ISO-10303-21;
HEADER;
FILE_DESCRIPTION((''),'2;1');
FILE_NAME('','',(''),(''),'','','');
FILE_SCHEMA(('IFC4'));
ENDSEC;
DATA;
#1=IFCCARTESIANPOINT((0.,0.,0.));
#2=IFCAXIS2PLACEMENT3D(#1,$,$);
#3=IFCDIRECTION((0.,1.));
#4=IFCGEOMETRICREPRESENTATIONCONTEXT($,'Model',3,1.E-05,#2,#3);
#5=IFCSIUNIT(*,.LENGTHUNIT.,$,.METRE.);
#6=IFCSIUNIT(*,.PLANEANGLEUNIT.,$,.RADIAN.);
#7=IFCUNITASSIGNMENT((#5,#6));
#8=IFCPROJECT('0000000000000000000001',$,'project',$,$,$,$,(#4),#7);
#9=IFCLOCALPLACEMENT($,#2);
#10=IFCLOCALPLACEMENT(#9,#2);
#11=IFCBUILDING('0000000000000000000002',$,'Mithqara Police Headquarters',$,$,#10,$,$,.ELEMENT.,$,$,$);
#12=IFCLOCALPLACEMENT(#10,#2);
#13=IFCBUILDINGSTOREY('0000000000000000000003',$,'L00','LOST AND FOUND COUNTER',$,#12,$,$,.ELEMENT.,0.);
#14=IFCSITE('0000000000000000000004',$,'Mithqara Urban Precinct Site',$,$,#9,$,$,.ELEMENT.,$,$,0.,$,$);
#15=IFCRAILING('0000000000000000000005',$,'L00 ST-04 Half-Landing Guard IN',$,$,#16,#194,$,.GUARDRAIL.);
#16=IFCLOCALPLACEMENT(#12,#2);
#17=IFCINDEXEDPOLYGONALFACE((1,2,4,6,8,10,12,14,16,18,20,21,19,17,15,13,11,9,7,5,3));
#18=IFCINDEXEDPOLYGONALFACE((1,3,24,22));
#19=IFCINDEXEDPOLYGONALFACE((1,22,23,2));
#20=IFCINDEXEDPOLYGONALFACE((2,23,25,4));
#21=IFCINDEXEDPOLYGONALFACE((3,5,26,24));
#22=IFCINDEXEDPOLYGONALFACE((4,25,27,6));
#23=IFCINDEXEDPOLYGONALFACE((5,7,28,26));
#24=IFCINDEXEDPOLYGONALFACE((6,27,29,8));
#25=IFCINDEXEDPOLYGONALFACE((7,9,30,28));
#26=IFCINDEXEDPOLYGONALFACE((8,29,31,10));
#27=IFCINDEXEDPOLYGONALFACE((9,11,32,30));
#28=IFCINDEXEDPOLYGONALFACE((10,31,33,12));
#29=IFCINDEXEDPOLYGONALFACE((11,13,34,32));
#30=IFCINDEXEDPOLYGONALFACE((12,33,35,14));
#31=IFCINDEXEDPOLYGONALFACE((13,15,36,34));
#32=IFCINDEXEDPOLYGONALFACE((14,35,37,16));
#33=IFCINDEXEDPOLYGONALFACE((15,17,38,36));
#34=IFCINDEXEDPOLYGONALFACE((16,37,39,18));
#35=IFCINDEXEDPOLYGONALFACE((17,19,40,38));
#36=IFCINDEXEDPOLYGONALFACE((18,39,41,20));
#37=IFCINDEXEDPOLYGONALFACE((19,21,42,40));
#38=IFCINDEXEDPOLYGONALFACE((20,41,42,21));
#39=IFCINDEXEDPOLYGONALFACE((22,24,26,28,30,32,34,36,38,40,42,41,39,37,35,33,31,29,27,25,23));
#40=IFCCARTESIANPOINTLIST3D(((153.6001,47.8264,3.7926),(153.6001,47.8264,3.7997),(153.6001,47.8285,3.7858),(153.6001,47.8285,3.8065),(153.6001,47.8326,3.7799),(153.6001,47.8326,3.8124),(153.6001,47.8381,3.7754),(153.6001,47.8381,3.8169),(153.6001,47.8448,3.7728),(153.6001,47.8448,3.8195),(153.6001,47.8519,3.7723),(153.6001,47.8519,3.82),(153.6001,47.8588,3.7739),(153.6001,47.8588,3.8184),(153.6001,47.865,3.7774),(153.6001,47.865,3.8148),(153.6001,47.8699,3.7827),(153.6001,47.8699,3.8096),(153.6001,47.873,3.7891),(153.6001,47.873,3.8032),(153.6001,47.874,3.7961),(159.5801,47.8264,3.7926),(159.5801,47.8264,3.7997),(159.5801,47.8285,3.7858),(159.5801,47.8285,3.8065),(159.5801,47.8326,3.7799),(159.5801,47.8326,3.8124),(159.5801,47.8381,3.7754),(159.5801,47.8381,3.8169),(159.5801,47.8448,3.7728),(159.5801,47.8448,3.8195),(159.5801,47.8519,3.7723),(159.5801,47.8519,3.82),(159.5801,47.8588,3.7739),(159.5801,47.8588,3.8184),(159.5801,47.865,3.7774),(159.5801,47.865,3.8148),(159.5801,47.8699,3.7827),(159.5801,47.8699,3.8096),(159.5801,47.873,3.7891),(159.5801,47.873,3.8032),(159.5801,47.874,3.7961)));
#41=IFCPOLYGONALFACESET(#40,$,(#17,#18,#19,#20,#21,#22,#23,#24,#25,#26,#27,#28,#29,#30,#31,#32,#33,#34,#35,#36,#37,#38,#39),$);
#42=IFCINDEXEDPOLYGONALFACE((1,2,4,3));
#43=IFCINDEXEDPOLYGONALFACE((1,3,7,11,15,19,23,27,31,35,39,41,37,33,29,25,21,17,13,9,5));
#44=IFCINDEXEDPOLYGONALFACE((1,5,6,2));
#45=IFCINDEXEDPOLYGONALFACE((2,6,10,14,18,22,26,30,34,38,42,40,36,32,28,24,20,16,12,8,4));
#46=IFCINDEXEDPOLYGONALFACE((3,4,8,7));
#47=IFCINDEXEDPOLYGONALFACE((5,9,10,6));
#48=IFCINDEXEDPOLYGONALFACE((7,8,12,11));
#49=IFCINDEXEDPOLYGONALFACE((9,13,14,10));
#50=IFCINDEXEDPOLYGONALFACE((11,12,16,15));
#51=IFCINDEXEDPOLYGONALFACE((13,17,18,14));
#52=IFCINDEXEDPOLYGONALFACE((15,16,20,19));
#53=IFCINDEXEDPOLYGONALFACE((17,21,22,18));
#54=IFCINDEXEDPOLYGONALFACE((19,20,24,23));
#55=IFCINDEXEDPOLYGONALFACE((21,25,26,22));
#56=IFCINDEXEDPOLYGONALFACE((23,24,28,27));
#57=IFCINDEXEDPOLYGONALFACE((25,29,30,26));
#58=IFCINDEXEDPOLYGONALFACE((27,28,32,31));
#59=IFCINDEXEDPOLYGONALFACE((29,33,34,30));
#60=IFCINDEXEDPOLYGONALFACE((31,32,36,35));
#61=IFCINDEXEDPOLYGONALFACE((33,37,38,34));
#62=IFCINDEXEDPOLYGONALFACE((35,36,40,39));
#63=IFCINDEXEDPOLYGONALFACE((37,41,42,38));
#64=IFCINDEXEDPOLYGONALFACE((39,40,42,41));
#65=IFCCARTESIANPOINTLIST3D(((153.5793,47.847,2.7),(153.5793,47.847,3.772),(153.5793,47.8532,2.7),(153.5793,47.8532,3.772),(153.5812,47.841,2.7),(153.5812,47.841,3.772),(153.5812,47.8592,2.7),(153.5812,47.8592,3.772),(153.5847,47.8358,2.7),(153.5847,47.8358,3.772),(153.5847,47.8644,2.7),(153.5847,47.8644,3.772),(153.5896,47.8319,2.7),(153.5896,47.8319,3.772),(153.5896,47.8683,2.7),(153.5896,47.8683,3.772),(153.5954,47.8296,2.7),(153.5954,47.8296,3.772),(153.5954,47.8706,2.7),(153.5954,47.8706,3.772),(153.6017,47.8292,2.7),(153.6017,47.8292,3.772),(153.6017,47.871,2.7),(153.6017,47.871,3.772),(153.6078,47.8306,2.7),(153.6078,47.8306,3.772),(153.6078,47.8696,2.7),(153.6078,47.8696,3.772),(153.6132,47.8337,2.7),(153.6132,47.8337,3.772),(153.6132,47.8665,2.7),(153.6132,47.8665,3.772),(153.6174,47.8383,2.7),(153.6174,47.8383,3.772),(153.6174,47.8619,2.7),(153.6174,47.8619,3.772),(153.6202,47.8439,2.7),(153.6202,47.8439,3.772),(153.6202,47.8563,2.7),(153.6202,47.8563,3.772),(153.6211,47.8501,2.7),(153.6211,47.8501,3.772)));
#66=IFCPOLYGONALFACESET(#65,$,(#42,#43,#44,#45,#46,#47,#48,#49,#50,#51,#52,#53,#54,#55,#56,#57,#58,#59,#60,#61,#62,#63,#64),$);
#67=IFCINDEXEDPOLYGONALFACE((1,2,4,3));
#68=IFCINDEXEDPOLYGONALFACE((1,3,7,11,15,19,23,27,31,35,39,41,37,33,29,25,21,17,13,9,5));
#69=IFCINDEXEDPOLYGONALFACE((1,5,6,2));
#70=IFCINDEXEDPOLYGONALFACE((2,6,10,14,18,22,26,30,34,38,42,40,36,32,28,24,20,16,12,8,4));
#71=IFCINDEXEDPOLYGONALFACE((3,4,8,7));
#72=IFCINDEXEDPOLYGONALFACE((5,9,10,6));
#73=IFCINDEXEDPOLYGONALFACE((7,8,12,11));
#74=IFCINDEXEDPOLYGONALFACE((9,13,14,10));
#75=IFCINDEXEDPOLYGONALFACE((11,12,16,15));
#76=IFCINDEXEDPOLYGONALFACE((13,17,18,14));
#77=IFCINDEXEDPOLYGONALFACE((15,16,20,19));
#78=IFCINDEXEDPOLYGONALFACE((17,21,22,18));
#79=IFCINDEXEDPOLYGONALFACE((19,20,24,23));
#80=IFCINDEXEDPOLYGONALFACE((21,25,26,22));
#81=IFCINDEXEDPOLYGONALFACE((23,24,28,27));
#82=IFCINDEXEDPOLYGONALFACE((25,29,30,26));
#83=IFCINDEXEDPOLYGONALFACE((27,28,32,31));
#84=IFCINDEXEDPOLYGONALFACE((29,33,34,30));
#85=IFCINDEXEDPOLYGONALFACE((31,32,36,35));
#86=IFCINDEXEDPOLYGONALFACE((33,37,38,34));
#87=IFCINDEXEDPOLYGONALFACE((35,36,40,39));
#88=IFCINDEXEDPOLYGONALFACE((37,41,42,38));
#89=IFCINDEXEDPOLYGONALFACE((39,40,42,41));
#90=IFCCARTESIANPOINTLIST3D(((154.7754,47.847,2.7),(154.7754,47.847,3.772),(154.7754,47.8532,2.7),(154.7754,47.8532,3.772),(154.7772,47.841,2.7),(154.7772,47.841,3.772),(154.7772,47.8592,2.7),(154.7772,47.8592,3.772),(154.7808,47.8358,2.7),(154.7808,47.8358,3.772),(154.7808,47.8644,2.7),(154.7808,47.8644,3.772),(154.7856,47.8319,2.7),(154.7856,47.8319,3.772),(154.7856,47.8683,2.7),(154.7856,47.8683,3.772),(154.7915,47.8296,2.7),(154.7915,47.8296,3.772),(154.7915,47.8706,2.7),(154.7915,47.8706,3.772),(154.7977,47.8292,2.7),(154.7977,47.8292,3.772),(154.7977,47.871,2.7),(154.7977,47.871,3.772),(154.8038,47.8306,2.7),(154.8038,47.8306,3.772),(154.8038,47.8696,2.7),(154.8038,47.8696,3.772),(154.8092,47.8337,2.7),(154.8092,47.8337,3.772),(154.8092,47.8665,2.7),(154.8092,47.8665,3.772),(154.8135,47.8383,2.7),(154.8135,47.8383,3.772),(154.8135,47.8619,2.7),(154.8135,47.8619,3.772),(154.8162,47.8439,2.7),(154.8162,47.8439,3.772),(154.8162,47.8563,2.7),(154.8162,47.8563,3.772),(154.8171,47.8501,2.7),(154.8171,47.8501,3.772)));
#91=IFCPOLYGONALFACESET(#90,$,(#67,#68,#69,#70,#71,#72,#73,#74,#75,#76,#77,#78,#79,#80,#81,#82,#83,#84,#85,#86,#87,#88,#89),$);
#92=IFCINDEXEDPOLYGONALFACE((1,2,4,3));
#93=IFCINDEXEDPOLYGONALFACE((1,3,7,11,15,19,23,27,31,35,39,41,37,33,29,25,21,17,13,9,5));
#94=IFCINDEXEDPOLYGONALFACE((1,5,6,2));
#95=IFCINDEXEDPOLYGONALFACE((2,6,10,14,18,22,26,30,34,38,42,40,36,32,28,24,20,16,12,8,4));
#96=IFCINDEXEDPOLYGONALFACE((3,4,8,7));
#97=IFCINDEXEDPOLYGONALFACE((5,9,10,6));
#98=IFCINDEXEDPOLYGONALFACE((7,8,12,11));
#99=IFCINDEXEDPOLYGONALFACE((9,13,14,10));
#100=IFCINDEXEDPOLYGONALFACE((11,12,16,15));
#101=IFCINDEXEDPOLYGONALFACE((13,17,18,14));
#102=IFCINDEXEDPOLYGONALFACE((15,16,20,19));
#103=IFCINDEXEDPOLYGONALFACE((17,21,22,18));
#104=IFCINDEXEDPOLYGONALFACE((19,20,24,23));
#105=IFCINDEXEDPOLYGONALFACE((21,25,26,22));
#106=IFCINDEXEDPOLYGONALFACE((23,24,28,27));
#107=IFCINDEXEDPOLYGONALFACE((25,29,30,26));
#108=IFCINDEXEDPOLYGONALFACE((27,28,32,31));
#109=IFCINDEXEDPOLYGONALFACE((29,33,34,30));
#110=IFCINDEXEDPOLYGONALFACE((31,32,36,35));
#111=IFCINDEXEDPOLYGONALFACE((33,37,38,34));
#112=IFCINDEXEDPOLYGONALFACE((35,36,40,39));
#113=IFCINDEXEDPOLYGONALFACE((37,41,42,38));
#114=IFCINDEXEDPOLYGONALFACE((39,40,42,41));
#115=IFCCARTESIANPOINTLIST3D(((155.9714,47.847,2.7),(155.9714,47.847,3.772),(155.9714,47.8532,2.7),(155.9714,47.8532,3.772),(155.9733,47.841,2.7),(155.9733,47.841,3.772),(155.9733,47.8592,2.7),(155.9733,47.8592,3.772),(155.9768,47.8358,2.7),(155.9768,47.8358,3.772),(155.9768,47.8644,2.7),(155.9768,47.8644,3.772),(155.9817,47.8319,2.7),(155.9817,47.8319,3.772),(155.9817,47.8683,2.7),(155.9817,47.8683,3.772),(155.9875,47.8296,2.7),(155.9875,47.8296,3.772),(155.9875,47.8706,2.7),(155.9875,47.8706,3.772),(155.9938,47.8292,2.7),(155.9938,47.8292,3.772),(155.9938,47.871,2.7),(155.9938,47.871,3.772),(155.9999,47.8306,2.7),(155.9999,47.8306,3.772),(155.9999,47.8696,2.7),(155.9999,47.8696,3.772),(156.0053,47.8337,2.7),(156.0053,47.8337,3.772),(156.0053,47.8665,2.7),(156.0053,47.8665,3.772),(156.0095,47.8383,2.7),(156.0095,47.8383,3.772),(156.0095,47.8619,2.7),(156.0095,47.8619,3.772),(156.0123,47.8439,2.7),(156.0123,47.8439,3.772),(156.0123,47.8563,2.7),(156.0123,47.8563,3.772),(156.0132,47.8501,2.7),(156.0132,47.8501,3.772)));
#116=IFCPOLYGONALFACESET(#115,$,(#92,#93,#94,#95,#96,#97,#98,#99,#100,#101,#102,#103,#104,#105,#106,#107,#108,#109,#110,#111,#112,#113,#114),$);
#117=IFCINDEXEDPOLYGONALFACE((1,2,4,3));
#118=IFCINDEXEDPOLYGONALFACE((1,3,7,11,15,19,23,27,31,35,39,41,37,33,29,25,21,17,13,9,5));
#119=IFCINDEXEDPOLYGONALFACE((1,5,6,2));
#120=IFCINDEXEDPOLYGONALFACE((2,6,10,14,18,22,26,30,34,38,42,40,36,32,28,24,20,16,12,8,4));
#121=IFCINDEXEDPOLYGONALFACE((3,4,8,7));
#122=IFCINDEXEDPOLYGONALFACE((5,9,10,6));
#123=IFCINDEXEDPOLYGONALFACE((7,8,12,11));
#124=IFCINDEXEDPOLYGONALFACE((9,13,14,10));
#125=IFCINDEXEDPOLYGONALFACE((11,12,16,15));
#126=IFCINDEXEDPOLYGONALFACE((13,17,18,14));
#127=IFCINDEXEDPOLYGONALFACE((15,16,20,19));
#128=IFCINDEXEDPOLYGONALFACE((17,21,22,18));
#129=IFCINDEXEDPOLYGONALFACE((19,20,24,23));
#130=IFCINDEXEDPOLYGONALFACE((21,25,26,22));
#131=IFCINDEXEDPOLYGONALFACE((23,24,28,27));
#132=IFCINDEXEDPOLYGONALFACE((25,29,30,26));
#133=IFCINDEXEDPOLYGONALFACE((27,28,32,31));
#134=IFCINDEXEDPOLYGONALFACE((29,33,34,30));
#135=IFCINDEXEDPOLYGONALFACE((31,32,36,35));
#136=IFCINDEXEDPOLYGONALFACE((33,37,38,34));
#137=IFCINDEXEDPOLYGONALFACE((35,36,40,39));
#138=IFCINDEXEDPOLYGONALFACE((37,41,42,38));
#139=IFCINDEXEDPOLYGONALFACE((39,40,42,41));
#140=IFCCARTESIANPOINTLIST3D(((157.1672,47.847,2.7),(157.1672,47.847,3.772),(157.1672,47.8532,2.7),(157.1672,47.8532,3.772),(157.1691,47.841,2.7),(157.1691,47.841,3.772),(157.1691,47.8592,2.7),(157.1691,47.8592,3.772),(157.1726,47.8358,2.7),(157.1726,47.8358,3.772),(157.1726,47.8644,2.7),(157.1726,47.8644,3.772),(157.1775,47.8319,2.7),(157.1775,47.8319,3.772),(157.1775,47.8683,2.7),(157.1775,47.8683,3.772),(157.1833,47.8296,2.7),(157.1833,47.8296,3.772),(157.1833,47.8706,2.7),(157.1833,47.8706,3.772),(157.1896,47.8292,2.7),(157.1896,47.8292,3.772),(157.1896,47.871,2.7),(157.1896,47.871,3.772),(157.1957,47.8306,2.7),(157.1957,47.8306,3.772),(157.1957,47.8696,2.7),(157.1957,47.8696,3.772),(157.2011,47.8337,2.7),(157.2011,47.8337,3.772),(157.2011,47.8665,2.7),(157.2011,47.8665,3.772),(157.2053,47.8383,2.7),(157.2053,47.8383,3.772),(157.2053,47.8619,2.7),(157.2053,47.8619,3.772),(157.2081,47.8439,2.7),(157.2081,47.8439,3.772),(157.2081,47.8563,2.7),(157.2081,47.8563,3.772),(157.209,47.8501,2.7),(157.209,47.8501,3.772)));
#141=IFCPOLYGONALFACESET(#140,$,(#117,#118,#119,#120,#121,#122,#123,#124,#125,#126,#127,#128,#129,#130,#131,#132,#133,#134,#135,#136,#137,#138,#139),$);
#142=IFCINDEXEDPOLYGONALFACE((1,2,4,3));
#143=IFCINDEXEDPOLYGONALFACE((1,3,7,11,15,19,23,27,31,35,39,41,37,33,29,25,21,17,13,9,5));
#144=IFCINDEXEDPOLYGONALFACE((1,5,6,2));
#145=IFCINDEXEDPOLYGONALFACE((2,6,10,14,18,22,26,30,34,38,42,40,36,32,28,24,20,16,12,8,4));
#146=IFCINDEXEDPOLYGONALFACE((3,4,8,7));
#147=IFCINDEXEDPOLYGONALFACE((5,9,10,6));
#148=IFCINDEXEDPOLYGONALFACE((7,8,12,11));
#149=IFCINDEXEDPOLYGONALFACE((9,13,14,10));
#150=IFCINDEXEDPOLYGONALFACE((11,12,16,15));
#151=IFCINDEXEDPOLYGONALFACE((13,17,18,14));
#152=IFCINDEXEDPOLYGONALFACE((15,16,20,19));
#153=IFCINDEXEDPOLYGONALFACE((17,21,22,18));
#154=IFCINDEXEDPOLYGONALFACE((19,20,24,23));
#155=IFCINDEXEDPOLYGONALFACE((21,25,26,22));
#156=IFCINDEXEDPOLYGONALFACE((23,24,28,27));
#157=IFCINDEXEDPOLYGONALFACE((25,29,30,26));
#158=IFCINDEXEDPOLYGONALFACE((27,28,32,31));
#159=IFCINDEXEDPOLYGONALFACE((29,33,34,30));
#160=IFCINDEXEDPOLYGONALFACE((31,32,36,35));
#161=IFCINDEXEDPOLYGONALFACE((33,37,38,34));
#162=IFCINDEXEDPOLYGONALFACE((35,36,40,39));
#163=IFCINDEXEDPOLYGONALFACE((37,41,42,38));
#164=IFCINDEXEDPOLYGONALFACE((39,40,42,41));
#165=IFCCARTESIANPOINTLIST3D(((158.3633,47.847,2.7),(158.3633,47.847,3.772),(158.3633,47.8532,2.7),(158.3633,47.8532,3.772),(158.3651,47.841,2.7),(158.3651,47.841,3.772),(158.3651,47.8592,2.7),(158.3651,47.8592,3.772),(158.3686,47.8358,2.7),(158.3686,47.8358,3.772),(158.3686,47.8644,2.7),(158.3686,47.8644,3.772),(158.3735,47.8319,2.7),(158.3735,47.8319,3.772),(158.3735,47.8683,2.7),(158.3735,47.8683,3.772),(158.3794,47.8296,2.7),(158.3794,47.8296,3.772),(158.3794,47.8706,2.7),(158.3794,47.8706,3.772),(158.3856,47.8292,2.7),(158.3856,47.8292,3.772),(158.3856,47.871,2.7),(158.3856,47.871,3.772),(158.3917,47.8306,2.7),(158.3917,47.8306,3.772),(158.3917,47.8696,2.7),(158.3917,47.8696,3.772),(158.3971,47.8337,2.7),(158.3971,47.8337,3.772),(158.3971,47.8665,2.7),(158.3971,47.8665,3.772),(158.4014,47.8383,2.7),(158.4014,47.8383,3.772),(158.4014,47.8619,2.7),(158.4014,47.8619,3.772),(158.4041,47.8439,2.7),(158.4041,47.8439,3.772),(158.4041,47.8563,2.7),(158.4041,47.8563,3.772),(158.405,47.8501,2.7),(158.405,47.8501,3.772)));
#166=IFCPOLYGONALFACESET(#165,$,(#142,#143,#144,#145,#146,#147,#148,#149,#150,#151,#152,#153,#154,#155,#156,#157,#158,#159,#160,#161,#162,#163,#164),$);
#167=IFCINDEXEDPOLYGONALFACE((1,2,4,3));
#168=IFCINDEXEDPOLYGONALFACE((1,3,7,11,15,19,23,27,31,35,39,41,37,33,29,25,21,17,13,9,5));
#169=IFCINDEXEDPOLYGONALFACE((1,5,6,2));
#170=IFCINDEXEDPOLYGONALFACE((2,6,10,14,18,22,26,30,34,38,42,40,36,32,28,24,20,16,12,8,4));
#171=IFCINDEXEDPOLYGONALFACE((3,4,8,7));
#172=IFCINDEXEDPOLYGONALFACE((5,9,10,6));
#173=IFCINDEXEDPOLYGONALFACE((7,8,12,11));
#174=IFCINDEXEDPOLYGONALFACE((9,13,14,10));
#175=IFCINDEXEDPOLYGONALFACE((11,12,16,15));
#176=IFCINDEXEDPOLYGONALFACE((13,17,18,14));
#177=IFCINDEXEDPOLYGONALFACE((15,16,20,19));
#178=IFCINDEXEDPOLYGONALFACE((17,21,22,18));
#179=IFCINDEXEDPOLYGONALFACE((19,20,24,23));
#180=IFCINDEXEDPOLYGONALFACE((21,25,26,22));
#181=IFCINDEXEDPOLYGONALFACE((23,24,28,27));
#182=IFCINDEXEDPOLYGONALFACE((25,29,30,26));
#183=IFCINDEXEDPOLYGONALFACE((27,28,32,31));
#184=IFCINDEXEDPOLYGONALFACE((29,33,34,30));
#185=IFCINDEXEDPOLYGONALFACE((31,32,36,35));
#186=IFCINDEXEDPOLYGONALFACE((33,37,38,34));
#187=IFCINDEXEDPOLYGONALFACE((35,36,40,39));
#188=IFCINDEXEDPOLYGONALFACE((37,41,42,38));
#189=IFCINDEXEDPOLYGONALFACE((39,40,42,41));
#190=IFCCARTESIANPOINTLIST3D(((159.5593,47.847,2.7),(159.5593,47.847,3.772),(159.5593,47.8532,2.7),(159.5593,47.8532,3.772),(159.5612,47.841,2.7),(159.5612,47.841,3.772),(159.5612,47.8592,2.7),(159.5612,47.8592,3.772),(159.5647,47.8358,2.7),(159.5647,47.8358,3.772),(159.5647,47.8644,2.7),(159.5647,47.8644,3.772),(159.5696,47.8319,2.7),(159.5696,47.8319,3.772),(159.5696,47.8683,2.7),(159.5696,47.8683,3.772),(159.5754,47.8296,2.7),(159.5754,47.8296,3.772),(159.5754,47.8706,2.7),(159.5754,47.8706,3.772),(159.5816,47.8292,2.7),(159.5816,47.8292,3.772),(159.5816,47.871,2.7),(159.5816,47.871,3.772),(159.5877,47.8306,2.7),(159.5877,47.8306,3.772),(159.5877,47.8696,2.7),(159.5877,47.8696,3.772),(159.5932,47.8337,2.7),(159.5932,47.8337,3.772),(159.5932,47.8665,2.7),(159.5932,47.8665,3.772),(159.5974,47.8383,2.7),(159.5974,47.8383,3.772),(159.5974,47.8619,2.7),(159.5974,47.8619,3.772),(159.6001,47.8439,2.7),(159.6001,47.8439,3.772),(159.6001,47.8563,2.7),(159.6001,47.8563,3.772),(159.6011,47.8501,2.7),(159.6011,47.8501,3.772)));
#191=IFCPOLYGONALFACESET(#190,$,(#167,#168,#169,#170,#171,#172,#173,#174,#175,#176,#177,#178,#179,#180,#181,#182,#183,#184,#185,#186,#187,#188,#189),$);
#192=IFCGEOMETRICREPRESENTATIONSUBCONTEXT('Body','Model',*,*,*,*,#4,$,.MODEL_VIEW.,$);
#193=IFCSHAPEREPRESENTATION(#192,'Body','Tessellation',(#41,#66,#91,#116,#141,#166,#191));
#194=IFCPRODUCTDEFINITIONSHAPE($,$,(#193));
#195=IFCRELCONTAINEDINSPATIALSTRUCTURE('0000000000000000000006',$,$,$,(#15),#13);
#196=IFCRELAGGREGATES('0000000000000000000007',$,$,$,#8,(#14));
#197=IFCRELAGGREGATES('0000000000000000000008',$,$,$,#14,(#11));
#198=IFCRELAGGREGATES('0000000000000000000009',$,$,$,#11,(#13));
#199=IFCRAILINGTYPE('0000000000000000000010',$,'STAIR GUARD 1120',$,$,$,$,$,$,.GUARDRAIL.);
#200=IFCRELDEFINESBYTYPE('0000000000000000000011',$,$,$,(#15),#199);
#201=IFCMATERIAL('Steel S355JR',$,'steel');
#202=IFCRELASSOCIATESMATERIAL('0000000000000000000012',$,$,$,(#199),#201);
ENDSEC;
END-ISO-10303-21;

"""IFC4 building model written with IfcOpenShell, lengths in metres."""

from ifc_helpers import new_model, si_unit, direction, frame, origin, origin_2d, place, context, subcontext, project, spatial, circle, extrude, material, type_object, element, save


model = new_model("IFC4")

# Units and contexts
model_context = context("Model", 3, precision=1e-05, world=origin(), true_north=direction((0.0, 1.0)))
body_context = subcontext(model_context, "Body", "Model", "MODEL_VIEW")
ifc_project = project(units=[si_unit("LENGTHUNIT", "METRE"), si_unit("PLANEANGLEUNIT", "RADIAN")], contexts=[model_context])

# Site, building, storey
site_placement = place(None, origin())
site = spatial("IfcSite", under=ifc_project, at=site_placement, Name="Mithqara Urban Precinct Site", CompositionType="ELEMENT", RefElevation=0.0)
building_placement = place(site_placement, origin())
building = spatial("IfcBuilding", under=site, at=building_placement, Name="Mithqara Police Headquarters", CompositionType="ELEMENT")
storey_placement = place(building_placement, origin())
storey = spatial("IfcBuildingStorey", under=building, at=storey_placement, Name="L00", Description="LOST AND FOUND COUNTER", CompositionType="ELEMENT", Elevation=0.0)

# Shared definitions
ifc_material_1 = material(Name="Steel S355JR", Category="steel")

# Railing
railing_type = type_object("IfcRailingType", Name="STAIR GUARD 1120", PredefinedType="GUARDRAIL", material=ifc_material_1)
for number, where, name in (
    (1, (153.6001, 47.8501, 2.7), "L00 ST-04 Half-Landing Guard IN"),
):
    element("IfcRailing", number, at=place(storey_placement, frame(where)), inside=storey, type_object=railing_type, Name=name, PredefinedType="GUARDRAIL", context=body_context, shape_type="SweptSolid", body=[
        extrude(circle(Radius=0.0239, at=origin_2d()), frame((0.0, 0.0, 1.0962), z_axis=(1.0, 0.0, 0.0), x_axis=(0.0, 1.0, 0.0)), (0.0, 0.0, 1.0), 5.98),
        extrude(circle(Radius=0.021, at=origin_2d()), origin(), (0.0, 0.0, 1.0), 1.072),
        extrude(circle(Radius=0.021, at=origin_2d()), frame((1.196, 0.0, 0.0)), (0.0, 0.0, 1.0), 1.072),
        extrude(circle(Radius=0.021, at=origin_2d()), frame((2.3921, 0.0, 0.0)), (0.0, 0.0, 1.0), 1.072),
        extrude(circle(Radius=0.021, at=origin_2d()), frame((3.5879, 0.0, 0.0)), (0.0, 0.0, 1.0), 1.072),
        extrude(circle(Radius=0.021, at=origin_2d()), frame((4.7839, 0.0, 0.0)), (0.0, 0.0, 1.0), 1.072),
        extrude(circle(Radius=0.021, at=origin_2d()), frame((5.98, 0.0, 0.0)), (0.0, 0.0, 1.0), 1.072),
    ])

save(model, "model.ifc")
